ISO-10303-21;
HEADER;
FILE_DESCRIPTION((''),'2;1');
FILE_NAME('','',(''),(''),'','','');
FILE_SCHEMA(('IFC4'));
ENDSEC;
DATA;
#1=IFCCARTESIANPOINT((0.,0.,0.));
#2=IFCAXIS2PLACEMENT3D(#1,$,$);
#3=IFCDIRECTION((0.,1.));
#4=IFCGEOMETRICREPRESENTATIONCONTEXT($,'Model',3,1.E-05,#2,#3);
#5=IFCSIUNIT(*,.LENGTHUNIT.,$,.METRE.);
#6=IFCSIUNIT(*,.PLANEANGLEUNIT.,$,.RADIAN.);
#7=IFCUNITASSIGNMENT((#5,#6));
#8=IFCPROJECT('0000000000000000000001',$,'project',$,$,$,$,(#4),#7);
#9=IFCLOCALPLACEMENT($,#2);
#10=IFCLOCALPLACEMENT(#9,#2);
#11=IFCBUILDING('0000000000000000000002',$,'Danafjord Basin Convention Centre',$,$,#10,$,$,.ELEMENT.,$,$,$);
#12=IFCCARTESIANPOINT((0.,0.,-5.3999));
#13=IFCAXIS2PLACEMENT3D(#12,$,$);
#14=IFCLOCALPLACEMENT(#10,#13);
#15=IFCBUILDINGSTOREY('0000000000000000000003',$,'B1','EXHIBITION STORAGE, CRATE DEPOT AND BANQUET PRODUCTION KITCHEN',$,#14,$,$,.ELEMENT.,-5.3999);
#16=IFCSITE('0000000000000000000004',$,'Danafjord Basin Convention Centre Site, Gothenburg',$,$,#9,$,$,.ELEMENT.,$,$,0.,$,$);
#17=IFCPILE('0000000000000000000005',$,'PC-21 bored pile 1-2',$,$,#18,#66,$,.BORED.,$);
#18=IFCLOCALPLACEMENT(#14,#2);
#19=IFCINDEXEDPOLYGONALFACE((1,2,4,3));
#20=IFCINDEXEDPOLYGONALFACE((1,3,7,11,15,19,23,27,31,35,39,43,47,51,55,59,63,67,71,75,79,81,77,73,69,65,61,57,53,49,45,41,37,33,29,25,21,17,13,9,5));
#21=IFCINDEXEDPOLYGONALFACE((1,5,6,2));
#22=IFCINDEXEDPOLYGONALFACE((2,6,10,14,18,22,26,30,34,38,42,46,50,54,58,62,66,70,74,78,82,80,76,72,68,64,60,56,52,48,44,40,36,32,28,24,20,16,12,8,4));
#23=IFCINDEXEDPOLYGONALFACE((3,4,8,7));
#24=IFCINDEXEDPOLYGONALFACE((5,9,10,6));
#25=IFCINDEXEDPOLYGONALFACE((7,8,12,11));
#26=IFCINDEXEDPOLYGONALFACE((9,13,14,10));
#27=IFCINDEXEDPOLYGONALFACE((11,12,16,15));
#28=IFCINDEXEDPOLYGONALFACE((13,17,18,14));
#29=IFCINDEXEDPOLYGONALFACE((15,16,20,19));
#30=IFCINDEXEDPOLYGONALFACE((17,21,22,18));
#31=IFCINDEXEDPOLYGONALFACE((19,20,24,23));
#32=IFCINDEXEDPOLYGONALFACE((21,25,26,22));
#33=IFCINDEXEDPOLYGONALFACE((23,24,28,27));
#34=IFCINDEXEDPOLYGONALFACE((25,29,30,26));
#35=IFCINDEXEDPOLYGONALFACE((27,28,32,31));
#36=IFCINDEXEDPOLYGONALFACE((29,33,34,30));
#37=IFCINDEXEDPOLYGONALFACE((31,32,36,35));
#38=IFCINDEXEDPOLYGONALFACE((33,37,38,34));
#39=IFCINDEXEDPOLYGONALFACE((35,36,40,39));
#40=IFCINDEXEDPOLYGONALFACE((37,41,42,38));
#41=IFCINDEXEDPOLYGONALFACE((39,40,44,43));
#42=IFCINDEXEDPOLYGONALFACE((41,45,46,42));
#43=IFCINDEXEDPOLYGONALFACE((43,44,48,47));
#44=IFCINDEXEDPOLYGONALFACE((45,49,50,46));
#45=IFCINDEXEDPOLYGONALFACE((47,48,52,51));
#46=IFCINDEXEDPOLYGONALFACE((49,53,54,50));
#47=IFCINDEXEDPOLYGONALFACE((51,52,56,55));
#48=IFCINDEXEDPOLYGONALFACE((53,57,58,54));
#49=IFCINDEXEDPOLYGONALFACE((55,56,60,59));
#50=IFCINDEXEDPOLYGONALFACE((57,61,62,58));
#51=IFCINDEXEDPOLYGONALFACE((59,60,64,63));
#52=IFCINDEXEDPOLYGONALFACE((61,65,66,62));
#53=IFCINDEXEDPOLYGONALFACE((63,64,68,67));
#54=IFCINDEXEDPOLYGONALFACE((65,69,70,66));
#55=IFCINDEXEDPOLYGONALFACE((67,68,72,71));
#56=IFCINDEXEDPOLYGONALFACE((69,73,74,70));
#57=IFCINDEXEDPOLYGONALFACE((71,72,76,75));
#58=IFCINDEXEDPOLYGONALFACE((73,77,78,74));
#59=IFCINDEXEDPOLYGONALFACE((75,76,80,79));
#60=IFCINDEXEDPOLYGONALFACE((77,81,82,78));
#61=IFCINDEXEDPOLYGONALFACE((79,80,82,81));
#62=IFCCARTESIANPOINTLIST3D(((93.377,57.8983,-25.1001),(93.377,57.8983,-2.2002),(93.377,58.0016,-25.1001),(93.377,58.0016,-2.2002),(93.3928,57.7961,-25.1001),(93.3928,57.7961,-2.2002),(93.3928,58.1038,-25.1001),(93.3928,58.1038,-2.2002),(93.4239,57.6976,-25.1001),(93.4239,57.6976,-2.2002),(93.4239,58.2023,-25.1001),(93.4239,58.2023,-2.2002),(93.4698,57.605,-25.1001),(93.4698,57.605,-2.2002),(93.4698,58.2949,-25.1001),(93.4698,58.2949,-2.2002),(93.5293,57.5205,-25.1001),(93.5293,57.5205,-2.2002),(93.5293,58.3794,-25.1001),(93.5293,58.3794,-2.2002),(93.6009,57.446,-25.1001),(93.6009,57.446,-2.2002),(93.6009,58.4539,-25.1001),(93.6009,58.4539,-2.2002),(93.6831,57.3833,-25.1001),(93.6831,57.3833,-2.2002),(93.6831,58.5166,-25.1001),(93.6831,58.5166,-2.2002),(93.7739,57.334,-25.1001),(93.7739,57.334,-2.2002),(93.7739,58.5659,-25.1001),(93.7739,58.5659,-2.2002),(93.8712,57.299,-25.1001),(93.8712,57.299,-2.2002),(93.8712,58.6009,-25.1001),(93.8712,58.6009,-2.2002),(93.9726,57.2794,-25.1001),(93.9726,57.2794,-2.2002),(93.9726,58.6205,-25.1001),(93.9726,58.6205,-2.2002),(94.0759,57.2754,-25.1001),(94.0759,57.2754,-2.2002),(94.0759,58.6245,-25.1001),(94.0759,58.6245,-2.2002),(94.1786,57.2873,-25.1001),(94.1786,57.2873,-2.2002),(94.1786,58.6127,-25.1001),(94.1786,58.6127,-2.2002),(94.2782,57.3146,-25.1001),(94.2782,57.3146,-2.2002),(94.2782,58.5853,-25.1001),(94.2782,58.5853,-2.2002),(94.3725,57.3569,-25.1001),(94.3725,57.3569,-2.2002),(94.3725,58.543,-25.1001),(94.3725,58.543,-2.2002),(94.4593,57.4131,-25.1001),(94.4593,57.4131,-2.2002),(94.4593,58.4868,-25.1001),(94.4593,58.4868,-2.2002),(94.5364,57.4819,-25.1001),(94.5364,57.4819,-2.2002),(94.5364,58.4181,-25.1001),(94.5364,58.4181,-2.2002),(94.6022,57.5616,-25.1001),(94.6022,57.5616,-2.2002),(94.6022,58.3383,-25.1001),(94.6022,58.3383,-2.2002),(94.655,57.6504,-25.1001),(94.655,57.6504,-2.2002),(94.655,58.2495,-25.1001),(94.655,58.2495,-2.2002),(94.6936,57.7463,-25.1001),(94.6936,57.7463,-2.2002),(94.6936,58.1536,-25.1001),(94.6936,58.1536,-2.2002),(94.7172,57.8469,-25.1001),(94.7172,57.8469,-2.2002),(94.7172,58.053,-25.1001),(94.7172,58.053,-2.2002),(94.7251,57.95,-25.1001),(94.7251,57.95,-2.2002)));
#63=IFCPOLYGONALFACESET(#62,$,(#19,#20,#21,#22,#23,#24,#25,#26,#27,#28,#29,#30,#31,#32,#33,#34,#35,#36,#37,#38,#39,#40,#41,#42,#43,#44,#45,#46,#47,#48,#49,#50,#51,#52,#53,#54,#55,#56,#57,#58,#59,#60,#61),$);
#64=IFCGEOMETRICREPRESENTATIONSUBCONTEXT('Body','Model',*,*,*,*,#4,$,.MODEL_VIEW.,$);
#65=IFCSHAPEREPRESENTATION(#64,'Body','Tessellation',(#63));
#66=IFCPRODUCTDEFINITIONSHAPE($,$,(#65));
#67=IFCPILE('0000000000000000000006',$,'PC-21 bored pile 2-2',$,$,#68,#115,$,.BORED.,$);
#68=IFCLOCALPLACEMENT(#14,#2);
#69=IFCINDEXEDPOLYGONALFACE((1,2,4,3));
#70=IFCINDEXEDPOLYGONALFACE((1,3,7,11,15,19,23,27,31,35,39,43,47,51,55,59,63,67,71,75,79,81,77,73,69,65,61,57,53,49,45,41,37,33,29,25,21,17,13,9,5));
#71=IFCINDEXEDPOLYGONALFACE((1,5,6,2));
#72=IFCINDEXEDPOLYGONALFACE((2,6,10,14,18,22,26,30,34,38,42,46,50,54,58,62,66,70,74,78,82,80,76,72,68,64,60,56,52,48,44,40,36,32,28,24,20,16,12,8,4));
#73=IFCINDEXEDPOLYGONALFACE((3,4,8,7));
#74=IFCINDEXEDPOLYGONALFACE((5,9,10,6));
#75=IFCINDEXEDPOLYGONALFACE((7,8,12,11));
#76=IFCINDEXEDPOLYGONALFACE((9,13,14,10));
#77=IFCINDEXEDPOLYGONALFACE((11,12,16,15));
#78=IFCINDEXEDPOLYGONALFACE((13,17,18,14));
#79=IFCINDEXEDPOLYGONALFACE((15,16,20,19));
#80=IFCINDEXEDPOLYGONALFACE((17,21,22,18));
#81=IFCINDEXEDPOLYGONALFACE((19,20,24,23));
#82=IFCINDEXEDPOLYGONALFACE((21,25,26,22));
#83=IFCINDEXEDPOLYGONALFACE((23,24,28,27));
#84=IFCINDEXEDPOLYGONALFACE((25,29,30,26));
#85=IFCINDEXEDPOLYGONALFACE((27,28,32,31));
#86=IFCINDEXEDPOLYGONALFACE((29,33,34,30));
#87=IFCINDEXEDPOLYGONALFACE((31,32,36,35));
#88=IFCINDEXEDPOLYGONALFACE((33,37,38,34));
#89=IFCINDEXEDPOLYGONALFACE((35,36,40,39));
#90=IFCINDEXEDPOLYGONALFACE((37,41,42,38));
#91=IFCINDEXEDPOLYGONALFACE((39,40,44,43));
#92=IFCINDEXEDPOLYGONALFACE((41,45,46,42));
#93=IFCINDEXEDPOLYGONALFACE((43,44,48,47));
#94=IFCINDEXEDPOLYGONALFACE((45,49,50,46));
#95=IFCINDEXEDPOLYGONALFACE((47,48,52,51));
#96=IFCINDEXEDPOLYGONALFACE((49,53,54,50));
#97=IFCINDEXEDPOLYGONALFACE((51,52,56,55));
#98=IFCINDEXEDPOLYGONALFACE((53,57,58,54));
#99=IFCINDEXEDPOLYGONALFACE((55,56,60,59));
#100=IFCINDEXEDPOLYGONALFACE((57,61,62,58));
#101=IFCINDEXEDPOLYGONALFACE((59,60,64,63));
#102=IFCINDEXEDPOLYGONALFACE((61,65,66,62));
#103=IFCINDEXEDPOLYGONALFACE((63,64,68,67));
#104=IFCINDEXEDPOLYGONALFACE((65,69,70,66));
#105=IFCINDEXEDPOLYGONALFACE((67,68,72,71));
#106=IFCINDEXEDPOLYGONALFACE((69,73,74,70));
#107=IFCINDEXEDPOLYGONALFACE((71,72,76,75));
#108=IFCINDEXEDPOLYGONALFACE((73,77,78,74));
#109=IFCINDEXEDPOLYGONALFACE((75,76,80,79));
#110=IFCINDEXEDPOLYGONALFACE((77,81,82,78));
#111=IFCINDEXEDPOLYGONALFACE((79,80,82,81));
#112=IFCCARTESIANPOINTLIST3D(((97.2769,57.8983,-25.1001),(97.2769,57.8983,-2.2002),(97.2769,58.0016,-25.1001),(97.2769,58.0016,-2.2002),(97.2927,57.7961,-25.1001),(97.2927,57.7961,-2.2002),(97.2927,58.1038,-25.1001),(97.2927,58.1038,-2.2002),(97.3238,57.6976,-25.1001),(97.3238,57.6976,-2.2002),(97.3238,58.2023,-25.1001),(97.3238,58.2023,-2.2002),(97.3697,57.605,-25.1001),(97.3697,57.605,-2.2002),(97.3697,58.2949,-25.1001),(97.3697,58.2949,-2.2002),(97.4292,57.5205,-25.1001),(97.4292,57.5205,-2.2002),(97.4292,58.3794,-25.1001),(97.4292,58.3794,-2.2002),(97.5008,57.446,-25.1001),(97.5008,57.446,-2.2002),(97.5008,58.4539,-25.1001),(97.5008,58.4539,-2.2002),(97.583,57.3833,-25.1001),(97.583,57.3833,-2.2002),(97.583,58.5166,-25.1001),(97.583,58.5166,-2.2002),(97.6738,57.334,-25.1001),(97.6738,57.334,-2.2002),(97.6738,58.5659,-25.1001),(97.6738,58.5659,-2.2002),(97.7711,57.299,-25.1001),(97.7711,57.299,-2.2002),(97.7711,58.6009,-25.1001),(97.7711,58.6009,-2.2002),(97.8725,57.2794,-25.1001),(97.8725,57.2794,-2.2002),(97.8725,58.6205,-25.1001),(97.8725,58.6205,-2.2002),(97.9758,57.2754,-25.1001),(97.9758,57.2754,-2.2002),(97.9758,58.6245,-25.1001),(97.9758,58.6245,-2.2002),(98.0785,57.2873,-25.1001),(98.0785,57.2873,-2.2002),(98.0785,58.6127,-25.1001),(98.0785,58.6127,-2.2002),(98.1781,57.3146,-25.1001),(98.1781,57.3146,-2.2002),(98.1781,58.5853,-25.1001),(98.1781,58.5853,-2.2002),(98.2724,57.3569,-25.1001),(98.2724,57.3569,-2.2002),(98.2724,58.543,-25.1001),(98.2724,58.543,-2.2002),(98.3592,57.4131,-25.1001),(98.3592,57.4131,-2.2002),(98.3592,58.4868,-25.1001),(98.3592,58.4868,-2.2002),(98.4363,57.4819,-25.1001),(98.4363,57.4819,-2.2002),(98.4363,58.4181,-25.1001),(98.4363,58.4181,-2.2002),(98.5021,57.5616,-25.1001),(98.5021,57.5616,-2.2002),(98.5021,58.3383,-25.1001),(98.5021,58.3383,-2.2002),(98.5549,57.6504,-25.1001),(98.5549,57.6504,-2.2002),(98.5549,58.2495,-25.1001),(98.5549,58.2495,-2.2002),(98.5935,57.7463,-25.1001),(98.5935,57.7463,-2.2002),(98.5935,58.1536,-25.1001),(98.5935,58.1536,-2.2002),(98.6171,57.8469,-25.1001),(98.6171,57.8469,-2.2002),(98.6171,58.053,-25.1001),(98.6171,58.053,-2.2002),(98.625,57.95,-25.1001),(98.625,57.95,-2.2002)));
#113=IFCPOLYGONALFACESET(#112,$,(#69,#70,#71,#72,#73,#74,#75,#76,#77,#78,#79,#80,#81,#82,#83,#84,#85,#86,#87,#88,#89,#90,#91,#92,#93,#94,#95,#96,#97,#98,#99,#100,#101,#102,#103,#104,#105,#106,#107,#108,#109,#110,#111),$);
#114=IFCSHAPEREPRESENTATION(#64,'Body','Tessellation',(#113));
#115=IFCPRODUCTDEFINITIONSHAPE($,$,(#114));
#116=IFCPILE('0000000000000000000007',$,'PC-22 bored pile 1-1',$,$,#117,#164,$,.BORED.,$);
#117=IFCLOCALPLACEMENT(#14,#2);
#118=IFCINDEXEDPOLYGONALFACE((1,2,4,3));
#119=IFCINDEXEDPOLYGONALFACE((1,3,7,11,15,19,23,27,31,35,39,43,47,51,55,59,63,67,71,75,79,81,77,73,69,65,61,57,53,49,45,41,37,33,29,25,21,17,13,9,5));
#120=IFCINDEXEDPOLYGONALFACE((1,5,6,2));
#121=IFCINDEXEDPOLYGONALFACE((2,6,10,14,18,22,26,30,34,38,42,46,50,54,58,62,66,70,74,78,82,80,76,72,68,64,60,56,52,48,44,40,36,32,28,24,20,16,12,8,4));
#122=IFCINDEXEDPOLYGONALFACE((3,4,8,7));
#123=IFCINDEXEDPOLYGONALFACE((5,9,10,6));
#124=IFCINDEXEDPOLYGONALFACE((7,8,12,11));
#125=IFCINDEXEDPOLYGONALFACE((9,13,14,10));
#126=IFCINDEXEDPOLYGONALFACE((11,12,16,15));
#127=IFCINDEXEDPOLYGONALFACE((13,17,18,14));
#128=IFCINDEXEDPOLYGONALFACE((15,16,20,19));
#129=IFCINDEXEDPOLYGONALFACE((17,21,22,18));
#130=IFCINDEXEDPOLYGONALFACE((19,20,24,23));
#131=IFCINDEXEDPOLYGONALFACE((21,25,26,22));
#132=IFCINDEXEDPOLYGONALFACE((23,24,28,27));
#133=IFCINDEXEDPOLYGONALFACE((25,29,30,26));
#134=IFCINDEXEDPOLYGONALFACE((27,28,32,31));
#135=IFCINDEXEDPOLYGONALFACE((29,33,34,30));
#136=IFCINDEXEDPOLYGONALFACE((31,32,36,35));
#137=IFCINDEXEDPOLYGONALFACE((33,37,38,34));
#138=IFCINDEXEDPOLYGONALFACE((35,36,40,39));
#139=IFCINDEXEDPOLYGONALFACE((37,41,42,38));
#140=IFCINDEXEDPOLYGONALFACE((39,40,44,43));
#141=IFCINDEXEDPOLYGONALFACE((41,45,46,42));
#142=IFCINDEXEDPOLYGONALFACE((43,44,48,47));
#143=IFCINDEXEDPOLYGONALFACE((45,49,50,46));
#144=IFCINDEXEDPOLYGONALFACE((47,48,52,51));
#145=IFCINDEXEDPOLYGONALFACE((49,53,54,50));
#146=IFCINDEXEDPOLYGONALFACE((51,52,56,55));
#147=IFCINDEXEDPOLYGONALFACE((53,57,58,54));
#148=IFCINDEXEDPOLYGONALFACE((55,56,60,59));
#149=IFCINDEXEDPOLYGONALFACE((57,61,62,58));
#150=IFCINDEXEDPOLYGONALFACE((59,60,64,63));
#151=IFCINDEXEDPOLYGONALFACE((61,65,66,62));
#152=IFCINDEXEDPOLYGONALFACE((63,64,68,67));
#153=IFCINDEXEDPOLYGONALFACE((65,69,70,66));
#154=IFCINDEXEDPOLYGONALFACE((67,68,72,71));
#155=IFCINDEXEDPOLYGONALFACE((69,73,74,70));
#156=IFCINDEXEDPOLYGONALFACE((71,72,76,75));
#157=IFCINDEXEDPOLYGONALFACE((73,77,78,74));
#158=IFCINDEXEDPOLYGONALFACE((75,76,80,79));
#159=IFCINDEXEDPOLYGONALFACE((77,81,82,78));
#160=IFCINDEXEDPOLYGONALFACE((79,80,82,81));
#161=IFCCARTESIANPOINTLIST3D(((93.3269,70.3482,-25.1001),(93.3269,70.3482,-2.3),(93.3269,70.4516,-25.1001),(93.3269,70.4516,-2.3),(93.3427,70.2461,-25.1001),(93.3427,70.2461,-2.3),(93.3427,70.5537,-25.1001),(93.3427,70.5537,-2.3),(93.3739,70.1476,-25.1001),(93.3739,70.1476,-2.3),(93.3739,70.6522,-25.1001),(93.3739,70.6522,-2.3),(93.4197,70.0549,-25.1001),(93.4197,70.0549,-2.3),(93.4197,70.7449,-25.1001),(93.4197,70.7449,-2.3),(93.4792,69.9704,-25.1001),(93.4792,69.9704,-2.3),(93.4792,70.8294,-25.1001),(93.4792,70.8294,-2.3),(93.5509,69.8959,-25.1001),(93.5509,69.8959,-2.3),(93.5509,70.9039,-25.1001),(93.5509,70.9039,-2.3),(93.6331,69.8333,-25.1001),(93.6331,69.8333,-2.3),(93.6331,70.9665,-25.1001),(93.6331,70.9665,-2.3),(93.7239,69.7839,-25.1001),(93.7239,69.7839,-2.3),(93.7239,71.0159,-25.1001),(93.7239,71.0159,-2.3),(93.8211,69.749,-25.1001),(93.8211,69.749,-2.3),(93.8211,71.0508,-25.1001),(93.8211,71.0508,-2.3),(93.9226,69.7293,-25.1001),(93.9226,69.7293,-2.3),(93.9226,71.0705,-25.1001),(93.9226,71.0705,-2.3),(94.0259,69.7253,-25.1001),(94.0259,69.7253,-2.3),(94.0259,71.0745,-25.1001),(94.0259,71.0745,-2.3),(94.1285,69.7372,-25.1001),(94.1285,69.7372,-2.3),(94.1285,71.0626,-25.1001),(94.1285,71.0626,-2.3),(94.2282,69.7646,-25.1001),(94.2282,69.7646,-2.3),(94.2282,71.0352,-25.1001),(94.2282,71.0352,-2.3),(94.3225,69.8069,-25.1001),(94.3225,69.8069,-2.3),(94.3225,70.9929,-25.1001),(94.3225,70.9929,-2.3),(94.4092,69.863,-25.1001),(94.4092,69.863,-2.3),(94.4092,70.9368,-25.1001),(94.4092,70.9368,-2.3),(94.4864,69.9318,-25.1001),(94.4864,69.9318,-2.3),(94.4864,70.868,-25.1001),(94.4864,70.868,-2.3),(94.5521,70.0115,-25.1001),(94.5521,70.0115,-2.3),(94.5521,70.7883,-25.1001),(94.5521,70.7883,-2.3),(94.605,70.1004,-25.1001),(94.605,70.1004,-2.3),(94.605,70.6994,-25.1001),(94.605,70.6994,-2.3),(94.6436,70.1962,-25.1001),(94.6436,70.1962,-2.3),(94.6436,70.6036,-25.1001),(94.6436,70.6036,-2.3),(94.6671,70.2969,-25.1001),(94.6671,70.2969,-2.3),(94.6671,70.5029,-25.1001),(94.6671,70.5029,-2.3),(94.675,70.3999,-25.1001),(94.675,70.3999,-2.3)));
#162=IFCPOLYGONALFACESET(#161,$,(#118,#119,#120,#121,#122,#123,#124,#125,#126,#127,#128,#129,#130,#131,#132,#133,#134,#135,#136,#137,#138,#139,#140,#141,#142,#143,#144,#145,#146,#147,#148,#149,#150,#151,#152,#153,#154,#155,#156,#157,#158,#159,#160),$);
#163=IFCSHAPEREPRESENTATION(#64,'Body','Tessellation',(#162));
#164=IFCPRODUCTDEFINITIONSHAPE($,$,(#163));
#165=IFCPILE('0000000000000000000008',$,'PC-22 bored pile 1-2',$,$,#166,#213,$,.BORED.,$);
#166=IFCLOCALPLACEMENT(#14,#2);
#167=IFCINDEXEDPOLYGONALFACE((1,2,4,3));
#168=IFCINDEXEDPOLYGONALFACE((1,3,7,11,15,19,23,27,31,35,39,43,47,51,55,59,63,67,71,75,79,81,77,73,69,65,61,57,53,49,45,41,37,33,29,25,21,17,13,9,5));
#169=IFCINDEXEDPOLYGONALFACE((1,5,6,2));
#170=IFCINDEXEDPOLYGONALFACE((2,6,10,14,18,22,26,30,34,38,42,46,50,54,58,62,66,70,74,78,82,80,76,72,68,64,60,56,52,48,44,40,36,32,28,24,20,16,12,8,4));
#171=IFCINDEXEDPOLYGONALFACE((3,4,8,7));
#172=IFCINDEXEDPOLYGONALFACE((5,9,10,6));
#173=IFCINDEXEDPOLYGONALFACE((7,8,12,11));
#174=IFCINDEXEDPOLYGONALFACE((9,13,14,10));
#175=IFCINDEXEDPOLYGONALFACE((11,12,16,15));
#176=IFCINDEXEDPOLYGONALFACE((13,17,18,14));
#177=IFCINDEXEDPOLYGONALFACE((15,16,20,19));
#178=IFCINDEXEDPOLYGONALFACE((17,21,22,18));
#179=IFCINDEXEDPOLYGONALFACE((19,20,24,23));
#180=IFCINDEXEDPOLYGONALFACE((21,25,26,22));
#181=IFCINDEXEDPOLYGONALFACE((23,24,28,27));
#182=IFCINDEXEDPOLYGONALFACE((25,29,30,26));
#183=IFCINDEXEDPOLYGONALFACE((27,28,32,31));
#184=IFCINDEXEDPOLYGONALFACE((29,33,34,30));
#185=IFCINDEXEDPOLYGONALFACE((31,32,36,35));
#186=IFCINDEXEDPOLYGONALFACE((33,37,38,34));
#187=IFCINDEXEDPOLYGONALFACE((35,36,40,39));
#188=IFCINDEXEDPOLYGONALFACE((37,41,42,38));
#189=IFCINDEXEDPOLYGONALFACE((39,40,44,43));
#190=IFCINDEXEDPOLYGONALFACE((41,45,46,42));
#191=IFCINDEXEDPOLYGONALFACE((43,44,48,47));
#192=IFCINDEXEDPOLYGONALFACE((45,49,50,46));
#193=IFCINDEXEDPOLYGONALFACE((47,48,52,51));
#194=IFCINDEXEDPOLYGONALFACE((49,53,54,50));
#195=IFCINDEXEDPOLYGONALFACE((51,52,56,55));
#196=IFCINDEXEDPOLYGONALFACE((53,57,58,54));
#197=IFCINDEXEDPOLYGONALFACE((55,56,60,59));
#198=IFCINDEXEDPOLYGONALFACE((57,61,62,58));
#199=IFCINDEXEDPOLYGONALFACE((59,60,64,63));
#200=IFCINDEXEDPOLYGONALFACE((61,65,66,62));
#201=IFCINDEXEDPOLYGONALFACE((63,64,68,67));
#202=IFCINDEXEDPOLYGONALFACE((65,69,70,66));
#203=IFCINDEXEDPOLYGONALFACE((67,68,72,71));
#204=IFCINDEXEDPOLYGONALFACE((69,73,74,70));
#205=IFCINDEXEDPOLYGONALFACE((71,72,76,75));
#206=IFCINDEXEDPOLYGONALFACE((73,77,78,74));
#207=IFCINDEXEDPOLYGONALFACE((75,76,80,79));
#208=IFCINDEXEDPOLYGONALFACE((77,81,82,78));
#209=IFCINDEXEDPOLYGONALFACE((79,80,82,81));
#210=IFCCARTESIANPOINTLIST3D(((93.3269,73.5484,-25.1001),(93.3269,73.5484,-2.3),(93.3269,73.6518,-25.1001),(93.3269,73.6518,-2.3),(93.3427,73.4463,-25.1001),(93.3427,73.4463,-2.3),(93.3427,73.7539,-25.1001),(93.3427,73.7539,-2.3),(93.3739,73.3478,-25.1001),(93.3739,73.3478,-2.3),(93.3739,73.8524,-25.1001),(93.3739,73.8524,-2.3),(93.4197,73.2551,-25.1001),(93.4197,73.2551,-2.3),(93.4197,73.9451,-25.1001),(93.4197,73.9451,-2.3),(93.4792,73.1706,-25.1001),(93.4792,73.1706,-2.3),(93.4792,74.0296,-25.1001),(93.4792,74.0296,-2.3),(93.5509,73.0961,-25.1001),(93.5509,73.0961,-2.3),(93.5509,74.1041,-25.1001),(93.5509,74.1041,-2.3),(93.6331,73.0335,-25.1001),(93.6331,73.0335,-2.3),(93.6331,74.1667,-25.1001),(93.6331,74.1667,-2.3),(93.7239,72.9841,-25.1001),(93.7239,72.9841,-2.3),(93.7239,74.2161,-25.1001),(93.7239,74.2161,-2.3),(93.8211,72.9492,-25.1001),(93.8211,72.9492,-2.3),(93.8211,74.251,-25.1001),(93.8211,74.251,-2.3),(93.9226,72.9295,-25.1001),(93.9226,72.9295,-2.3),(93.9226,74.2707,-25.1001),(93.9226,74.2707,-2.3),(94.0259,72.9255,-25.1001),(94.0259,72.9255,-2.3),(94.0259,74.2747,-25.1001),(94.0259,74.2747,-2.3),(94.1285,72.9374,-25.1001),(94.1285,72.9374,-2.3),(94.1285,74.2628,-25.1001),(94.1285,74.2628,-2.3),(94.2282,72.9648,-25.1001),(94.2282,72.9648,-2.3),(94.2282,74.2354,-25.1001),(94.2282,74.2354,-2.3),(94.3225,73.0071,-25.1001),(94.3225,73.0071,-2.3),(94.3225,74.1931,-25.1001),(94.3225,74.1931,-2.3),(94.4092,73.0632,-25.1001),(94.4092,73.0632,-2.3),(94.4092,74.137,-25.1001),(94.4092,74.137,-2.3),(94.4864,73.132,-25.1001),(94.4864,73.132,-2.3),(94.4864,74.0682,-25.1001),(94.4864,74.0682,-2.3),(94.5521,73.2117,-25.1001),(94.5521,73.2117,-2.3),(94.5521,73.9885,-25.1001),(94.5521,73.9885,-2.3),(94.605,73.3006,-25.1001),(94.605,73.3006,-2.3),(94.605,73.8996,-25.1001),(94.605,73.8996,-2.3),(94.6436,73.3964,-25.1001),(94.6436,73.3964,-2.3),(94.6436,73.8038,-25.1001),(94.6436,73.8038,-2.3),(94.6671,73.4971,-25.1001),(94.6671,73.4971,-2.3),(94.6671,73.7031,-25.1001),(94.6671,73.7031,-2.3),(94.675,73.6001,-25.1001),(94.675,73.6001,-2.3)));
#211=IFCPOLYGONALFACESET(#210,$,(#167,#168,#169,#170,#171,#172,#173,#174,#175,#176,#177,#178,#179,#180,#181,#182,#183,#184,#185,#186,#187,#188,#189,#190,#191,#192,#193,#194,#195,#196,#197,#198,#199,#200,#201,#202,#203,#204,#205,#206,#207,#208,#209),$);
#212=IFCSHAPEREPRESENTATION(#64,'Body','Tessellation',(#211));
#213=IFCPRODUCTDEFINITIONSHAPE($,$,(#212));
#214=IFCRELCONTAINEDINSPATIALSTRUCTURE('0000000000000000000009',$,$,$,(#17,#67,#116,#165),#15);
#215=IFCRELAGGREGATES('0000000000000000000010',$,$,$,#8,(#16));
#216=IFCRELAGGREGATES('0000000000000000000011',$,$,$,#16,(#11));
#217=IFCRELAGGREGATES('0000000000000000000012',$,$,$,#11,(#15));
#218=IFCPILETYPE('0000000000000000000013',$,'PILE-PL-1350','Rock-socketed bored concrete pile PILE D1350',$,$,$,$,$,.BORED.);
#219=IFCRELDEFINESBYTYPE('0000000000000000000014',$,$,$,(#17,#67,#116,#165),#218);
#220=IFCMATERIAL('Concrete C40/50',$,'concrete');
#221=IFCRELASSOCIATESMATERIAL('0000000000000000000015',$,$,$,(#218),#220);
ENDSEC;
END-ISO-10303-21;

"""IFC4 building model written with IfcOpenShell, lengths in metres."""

from ifc_helpers import new_model, si_unit, direction, frame, origin, origin_2d, place, context, subcontext, project, spatial, circle, extrude, material, material_profile, profile_set, type_object, element, save


model = new_model("IFC4")

# Units and contexts
model_context = context("Model", 3, precision=1e-05, world=origin(), true_north=direction((0.0, 1.0)))
body_context = subcontext(model_context, "Body", "Model", "MODEL_VIEW")
ifc_project = project(units=[si_unit("LENGTHUNIT", "METRE"), si_unit("PLANEANGLEUNIT", "RADIAN")], contexts=[model_context])

# Site, building, storey
site_placement = place(None, origin())
site = spatial("IfcSite", under=ifc_project, at=site_placement, Name="Danafjord Basin Convention Centre Site, Gothenburg", CompositionType="ELEMENT", RefElevation=0.0)
building_placement = place(site_placement, origin())
building = spatial("IfcBuilding", under=site, at=building_placement, Name="Danafjord Basin Convention Centre", CompositionType="ELEMENT")
storey_placement = place(building_placement, frame((0.0, 0.0, -5.3999)))
storey = spatial("IfcBuildingStorey", under=building, at=storey_placement, Name="B1", Description="EXHIBITION STORAGE, CRATE DEPOT AND BANQUET PRODUCTION KITCHEN", CompositionType="ELEMENT", Elevation=-5.3999)

# Shared definitions
ifc_material_1 = material(Name="Concrete C40/50", Category="concrete")

# Piles
ifc_material_profile_1 = material_profile(ifc_material_1, circle(Radius=0.675, at=origin_2d()), Name="PILE D1350")
ifc_profile_set_1 = profile_set([ifc_material_profile_1], Name="Concrete C40/50")
pile_type_1 = type_object("IfcPileType", Name="PILE-PL-1350", Description="Rock-socketed bored concrete pile PILE D1350", PredefinedType="BORED", material=ifc_profile_set_1)
for number, where, z_axis, x_axis, name in (
    (1, (94.05, 57.95, -2.2002), (0.0, 0.0, -1.0), (1.0, 0.0, 0.0), "PC-21 bored pile 1-2"),
    (2, (97.95, 57.95, -2.2002), (0.0, 0.0, -1.0), (1.0, 0.0, 0.0), "PC-21 bored pile 2-2"),
):
    element("IfcPile", number, at=place(storey_placement, frame(where, z_axis=z_axis, x_axis=x_axis)), inside=storey, type_object=pile_type_1, Name=name, PredefinedType="BORED", context=body_context, shape_type="SweptSolid", body=[
        extrude(circle(Radius=0.675, at=origin_2d()), origin(), (0.0, 0.0, 1.0), 22.8999),
    ])
for number, where, z_axis, x_axis, name in (
    (3, (94.0, 70.3999, -2.3), (0.0, 0.0, -1.0), (1.0, 0.0, 0.0), "PC-22 bored pile 1-1"),
    (4, (94.0, 73.6001, -2.3), (0.0, 0.0, -1.0), (1.0, 0.0, 0.0), "PC-22 bored pile 1-2"),
):
    element("IfcPile", number, at=place(storey_placement, frame(where, z_axis=z_axis, x_axis=x_axis)), inside=storey, type_object=pile_type_1, Name=name, PredefinedType="BORED", context=body_context, shape_type="SweptSolid", body=[
        extrude(circle(Radius=0.675, at=origin_2d()), origin(), (0.0, 0.0, 1.0), 22.8),
    ])

save(model, "model.ifc")
